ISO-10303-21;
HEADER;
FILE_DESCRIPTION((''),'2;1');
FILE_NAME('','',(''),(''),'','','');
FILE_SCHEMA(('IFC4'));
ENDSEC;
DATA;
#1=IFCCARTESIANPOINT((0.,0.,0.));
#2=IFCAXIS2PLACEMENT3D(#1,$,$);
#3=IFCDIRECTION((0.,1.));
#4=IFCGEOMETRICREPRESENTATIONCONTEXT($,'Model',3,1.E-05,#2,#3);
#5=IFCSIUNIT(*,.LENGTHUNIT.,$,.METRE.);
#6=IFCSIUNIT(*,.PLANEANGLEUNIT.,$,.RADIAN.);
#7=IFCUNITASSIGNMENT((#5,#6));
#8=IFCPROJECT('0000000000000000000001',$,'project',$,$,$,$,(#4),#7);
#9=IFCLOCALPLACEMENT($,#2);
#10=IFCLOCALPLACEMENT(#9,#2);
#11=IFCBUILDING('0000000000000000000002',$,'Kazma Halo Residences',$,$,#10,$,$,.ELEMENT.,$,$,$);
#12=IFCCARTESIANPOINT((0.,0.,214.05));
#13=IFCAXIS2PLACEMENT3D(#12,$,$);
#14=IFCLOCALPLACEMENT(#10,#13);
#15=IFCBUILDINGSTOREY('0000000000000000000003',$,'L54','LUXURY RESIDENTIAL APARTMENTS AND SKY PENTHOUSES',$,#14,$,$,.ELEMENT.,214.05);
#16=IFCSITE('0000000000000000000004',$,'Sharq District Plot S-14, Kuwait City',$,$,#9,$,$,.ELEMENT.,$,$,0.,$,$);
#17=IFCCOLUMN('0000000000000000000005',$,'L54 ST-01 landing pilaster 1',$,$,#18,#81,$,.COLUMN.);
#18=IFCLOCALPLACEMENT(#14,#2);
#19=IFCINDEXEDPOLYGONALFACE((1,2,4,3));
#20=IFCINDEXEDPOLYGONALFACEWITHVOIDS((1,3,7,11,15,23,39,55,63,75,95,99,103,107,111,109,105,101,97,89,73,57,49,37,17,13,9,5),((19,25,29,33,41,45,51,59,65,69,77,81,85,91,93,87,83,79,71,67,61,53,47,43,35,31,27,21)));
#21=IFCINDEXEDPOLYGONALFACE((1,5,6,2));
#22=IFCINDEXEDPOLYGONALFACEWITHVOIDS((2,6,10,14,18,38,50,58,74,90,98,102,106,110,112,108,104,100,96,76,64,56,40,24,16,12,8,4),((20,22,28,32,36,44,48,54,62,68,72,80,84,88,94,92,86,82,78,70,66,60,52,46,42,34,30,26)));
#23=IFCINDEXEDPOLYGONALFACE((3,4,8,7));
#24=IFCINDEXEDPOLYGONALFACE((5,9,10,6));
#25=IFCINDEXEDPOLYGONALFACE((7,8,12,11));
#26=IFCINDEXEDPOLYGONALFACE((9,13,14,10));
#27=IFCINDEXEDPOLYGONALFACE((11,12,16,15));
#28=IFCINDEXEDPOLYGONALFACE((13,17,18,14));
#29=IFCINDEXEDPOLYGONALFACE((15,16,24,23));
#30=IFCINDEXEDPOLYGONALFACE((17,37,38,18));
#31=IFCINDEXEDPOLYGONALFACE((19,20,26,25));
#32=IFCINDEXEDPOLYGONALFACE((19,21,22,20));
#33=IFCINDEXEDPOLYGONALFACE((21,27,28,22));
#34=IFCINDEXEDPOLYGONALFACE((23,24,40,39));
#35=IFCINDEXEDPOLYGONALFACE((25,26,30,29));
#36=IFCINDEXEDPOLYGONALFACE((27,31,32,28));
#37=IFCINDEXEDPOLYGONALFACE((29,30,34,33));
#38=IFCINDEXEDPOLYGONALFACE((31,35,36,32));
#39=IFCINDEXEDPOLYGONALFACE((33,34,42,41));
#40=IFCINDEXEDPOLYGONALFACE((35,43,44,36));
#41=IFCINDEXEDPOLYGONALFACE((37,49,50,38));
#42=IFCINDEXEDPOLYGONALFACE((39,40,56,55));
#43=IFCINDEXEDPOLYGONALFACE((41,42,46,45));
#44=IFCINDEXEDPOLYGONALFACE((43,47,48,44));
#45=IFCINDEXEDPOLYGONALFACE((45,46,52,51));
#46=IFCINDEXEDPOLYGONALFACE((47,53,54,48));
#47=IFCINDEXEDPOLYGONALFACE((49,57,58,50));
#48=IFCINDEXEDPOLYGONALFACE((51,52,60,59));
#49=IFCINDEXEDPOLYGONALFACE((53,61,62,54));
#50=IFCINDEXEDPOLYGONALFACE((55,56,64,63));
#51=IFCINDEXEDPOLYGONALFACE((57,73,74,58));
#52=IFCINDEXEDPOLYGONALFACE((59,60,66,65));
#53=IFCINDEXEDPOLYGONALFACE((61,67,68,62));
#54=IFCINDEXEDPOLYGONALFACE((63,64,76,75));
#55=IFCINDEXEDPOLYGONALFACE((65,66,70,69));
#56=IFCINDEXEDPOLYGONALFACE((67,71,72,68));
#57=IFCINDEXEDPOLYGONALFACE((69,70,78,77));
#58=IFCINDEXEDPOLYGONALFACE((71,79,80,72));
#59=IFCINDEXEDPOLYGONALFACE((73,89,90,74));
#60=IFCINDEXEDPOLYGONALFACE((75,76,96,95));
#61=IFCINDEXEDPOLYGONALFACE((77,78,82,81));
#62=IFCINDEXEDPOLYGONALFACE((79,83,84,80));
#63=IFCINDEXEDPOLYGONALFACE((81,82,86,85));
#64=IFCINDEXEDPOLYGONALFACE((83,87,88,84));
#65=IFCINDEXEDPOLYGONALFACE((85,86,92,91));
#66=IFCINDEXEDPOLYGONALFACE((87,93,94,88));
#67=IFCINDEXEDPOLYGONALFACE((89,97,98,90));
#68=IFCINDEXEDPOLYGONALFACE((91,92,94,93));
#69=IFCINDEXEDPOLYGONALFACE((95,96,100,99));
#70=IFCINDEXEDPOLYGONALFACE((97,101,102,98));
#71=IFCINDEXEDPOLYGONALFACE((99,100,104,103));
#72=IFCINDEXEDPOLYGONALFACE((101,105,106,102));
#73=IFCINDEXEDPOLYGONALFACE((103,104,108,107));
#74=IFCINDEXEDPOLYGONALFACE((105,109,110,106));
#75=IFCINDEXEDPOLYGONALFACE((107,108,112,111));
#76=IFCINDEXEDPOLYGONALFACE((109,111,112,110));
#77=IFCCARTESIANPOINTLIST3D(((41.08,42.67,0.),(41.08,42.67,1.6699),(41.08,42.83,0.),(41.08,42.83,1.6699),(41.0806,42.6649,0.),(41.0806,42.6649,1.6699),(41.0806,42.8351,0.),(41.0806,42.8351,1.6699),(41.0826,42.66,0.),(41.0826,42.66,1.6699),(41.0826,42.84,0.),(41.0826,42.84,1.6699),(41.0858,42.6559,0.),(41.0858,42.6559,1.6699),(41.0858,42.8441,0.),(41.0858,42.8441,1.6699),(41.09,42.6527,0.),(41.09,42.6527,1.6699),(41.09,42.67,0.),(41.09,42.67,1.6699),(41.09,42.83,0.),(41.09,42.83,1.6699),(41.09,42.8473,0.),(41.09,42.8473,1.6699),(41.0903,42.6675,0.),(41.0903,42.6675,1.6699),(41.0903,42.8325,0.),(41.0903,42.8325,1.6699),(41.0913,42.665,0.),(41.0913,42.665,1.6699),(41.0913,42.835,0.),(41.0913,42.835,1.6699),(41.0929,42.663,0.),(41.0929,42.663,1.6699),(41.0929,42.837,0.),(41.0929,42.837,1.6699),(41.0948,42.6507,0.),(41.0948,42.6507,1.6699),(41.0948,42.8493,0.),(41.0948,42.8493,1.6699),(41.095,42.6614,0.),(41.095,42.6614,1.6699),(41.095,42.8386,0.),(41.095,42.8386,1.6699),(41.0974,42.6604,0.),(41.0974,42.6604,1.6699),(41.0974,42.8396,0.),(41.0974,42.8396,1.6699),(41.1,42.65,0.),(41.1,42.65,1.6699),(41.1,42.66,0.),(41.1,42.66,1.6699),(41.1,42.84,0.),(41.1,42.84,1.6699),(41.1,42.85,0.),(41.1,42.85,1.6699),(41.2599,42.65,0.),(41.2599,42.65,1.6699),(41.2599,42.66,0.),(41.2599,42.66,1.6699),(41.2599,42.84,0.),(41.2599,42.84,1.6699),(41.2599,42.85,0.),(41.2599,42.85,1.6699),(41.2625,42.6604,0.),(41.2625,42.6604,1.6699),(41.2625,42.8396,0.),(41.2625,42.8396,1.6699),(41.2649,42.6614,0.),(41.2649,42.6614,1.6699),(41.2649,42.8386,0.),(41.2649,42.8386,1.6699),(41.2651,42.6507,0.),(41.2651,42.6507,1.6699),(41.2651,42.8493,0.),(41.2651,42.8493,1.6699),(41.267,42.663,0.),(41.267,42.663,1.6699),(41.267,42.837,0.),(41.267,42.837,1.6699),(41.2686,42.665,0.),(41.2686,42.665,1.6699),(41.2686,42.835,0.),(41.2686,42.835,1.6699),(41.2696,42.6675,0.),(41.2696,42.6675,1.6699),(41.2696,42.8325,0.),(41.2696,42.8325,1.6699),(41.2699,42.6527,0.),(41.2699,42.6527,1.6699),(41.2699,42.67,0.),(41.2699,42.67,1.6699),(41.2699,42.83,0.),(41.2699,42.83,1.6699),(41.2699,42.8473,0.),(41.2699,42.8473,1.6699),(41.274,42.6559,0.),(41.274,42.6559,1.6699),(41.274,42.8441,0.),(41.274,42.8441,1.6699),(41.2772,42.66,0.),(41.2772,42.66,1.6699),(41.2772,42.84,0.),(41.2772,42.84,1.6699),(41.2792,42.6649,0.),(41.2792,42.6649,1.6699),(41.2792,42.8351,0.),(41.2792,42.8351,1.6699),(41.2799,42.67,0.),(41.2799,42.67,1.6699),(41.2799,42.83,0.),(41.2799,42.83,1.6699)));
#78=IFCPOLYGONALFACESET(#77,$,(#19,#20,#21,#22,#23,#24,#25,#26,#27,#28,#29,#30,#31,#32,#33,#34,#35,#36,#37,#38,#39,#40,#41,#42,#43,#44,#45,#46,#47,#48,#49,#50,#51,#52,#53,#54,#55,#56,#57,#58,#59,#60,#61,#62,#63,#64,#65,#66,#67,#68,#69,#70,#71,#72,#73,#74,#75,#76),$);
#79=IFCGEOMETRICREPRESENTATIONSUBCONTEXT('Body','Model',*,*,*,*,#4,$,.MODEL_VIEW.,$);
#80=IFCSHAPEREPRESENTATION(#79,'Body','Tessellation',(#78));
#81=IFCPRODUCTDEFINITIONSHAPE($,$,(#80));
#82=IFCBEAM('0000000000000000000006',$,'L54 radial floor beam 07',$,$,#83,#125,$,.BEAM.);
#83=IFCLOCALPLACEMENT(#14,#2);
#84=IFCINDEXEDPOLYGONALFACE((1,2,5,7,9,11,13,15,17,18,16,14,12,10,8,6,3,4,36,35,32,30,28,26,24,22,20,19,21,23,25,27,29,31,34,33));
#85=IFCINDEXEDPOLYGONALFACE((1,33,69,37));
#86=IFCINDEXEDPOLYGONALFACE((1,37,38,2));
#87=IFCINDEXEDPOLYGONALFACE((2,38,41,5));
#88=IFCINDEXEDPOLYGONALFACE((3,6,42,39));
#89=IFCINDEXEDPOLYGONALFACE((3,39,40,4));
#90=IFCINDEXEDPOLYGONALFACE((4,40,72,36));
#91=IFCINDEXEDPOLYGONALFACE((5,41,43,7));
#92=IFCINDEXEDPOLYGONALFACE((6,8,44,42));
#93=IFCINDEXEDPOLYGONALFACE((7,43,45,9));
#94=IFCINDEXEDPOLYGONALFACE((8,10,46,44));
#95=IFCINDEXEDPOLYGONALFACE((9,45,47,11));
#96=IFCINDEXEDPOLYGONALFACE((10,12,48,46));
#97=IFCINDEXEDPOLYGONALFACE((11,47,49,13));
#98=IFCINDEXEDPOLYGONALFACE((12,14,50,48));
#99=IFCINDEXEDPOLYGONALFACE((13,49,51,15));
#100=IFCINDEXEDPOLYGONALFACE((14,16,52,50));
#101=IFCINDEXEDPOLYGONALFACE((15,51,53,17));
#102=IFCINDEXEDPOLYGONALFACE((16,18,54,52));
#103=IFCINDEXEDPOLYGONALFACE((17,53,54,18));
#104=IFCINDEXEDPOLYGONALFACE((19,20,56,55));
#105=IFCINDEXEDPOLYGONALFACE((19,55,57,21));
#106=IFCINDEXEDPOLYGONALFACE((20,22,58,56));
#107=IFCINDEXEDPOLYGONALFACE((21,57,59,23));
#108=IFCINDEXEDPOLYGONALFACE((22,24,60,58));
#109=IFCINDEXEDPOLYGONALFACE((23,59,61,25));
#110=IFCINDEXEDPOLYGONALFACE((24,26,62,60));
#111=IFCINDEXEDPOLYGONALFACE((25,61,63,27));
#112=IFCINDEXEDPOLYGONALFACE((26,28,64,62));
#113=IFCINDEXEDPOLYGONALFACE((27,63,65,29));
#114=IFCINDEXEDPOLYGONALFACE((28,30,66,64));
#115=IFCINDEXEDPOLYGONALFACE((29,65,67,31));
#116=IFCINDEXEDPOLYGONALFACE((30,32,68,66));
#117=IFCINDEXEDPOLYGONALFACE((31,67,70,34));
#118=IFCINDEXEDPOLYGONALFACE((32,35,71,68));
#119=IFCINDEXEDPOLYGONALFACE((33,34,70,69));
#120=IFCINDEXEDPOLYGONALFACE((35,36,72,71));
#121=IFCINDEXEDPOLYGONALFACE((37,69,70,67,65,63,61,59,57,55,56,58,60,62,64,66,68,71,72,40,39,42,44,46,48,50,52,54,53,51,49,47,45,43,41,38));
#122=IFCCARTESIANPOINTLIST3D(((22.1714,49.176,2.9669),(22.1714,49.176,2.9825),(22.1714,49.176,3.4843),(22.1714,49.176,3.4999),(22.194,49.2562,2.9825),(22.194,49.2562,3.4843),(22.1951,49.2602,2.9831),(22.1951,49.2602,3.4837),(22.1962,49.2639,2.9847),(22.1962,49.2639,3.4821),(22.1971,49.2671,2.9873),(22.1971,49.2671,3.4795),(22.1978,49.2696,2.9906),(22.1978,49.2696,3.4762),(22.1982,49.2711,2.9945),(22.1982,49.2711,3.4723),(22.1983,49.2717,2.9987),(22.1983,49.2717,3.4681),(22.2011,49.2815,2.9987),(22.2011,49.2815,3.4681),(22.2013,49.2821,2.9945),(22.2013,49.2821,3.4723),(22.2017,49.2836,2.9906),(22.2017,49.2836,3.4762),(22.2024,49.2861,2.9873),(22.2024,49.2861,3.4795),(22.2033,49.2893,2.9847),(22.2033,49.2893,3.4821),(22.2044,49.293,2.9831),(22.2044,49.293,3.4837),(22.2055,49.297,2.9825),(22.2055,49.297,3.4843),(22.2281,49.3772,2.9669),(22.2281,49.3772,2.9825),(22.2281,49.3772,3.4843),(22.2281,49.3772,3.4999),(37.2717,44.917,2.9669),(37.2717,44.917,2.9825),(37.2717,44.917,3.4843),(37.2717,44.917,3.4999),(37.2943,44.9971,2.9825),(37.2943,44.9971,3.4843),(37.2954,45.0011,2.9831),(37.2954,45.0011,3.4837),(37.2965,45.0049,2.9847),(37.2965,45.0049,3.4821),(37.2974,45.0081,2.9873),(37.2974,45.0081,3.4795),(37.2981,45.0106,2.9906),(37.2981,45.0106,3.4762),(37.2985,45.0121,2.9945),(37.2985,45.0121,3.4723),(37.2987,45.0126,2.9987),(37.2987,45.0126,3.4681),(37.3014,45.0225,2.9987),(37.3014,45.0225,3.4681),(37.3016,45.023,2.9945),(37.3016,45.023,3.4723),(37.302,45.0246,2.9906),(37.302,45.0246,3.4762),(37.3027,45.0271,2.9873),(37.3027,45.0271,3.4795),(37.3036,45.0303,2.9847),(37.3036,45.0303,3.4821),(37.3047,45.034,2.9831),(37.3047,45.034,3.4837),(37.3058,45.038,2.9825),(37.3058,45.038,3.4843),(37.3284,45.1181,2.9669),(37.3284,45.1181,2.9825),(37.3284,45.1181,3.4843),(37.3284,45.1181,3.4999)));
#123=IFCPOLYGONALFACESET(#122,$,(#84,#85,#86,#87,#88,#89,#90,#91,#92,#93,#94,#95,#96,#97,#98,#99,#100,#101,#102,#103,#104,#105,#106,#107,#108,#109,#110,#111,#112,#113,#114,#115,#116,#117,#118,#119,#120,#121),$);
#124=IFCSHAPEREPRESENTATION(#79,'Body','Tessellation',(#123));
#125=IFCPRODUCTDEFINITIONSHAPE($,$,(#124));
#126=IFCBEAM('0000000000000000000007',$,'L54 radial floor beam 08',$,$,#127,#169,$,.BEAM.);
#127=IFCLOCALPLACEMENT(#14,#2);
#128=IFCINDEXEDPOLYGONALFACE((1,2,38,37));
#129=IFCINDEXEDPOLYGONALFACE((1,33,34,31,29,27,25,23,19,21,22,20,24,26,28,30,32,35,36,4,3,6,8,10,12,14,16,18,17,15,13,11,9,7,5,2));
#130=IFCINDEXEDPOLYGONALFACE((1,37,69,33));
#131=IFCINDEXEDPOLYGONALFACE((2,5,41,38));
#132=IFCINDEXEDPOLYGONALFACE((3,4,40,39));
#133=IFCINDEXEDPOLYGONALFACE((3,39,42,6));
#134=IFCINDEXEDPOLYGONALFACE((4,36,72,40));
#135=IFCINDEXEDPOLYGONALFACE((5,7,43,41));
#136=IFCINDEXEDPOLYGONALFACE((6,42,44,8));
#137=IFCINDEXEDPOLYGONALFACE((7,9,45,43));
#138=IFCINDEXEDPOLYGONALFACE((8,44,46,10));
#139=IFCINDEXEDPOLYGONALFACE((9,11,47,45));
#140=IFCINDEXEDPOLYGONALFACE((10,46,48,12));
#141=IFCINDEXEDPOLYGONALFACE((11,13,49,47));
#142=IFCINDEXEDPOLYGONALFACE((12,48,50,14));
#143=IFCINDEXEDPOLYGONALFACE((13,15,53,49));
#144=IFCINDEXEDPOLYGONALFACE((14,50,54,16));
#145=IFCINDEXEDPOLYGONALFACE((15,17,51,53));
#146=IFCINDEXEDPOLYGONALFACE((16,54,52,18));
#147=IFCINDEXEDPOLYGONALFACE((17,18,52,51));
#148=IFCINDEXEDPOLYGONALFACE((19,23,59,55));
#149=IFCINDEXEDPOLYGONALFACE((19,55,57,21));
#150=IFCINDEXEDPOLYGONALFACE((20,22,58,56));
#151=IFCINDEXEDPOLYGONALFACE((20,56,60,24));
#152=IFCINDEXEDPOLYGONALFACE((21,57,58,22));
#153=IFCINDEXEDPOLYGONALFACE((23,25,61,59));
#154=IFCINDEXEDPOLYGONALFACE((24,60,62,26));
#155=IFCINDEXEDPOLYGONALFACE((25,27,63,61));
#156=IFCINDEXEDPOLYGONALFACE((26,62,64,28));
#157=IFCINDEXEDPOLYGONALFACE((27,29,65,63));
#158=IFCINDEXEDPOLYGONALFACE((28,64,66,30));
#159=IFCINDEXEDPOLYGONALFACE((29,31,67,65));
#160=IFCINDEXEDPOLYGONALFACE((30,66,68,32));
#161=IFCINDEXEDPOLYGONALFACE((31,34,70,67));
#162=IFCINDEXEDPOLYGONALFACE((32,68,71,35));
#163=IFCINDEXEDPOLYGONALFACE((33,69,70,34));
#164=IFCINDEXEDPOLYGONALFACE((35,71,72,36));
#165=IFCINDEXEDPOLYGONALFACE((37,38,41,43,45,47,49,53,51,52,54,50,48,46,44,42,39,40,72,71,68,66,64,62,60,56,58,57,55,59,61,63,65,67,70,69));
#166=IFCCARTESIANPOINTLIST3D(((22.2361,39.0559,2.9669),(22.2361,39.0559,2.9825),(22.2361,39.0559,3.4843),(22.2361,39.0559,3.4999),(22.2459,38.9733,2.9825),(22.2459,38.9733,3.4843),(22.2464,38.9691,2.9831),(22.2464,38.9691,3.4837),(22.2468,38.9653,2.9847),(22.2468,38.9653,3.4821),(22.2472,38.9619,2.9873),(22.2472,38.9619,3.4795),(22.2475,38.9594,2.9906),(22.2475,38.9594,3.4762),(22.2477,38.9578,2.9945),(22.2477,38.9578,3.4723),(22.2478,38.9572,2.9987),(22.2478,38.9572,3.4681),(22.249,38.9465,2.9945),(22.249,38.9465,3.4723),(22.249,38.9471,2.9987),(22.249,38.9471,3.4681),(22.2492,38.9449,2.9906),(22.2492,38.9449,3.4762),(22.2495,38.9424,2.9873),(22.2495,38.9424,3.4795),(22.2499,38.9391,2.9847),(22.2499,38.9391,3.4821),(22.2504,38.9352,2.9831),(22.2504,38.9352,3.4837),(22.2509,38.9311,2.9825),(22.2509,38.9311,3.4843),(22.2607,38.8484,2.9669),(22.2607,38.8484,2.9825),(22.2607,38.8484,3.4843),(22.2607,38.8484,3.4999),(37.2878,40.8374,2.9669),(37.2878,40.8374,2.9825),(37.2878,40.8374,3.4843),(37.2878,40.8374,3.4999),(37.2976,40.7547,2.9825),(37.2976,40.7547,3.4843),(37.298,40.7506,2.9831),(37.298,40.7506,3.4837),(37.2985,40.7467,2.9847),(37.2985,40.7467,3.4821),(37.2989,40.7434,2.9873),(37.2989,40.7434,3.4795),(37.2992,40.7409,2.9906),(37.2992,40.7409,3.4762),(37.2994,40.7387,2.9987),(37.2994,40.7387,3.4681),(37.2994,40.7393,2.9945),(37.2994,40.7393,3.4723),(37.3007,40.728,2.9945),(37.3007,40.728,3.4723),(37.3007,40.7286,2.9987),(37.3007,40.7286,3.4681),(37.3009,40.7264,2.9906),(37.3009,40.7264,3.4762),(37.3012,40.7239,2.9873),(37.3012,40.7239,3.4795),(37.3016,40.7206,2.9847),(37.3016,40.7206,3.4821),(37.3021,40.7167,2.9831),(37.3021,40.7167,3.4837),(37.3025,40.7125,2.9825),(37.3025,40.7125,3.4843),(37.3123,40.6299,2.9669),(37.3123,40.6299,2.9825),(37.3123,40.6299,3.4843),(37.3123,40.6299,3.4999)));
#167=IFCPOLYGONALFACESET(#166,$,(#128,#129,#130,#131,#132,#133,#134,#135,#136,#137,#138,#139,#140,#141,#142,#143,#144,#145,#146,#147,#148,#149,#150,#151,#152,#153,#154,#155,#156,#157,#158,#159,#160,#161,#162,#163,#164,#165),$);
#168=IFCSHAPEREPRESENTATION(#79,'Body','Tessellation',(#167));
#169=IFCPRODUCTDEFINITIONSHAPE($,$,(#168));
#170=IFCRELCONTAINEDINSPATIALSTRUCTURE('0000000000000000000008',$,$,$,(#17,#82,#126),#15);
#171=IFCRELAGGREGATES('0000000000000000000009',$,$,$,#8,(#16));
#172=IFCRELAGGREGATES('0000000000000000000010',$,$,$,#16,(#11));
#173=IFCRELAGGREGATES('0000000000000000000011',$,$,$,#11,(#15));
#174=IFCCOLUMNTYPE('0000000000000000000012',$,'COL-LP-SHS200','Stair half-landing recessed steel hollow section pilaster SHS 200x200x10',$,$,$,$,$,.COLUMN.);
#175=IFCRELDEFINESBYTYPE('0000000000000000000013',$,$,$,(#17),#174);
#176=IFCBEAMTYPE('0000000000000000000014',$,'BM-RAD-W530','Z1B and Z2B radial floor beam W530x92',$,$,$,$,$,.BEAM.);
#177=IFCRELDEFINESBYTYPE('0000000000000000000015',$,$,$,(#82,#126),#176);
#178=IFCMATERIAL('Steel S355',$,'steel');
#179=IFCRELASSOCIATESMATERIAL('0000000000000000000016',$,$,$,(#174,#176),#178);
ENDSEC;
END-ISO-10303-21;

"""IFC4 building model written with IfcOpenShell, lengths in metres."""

from ifc_helpers import new_model, si_unit, direction, frame, origin, origin_2d, place, context, subcontext, project, spatial, hollow_rectangle, i_section, extrude, material, material_profile, profile_set, type_object, element, save


model = new_model("IFC4")

# Units and contexts
model_context = context("Model", 3, precision=1e-05, world=origin(), true_north=direction((0.0, 1.0)))
body_context = subcontext(model_context, "Body", "Model", "MODEL_VIEW")
ifc_project = project(units=[si_unit("LENGTHUNIT", "METRE"), si_unit("PLANEANGLEUNIT", "RADIAN")], contexts=[model_context])

# Site, building, storey
site_placement = place(None, origin())
site = spatial("IfcSite", under=ifc_project, at=site_placement, Name="Sharq District Plot S-14, Kuwait City", CompositionType="ELEMENT", RefElevation=0.0)
building_placement = place(site_placement, origin())
building = spatial("IfcBuilding", under=site, at=building_placement, Name="Kazma Halo Residences", CompositionType="ELEMENT")
storey_placement = place(building_placement, frame((0.0, 0.0, 214.05)))
storey = spatial("IfcBuildingStorey", under=building, at=storey_placement, Name="L54", Description="LUXURY RESIDENTIAL APARTMENTS AND SKY PENTHOUSES", CompositionType="ELEMENT", Elevation=214.05)

# Column
ifc_material_1 = material(Name="Steel S355", Category="steel")
ifc_material_profile_1 = material_profile(ifc_material_1, hollow_rectangle(XDim=0.2, YDim=0.2, WallThickness=0.01, InnerFilletRadius=0.01, OuterFilletRadius=0.02, at=origin_2d()), Name="SHS200x200x10")
ifc_profile_set_1 = profile_set([ifc_material_profile_1], Name="Steel S355")
column_type = type_object("IfcColumnType", Name="COL-LP-SHS200", Description="Stair half-landing recessed steel hollow section pilaster SHS 200x200x10", PredefinedType="COLUMN", material=ifc_profile_set_1)
column_placement = place(storey_placement, frame((41.1799, 42.75, 0.0), z_axis=(0.0, 0.0, 1.0), x_axis=(1.0, 0.0, 0.0)))
element("IfcColumn", 1, at=column_placement, inside=storey, type_object=column_type, Name="L54 ST-01 landing pilaster 1", PredefinedType="COLUMN", context=body_context, shape_type="SweptSolid", body=[
    extrude(hollow_rectangle(XDim=0.2, YDim=0.2, WallThickness=0.01, InnerFilletRadius=0.01, OuterFilletRadius=0.02, at=origin_2d()), origin(), (0.0, 0.0, 1.0), 1.6699),
])

# Beams
ifc_material_profile_2 = material_profile(ifc_material_1, i_section(OverallWidth=0.209, OverallDepth=0.533, WebThickness=0.0103, FlangeThickness=0.0156, FilletRadius=0.0161, at=origin_2d()), Name="W530x92")
ifc_profile_set_2 = profile_set([ifc_material_profile_2], Name="Steel S355")
beam_type_1 = type_object("IfcBeamType", Name="BM-RAD-W530", Description="Z1B and Z2B radial floor beam W530x92", PredefinedType="BEAM", material=ifc_profile_set_2)
beam_1_placement = place(storey_placement, frame((37.3, 45.0176, 3.2334), z_axis=(-0.96245, 0.271458, 0.0), x_axis=(-0.271458, -0.96245, 0.0)))
element("IfcBeam", 2, at=beam_1_placement, inside=storey, type_object=beam_type_1, Name="L54 radial floor beam 07", PredefinedType="BEAM", context=body_context, shape_type="SweptSolid", body=[
    extrude(i_section(OverallWidth=0.209, OverallDepth=0.533, WebThickness=0.0103, FlangeThickness=0.0156, FilletRadius=0.0161, at=origin_2d()), origin(), (0.0, 0.0, 1.0), 15.6895),
])
beam_2_placement = place(storey_placement, frame((37.3, 40.7336, 3.2334), z_axis=(-0.993068, -0.117537, 0.0), x_axis=(0.117537, -0.993068, 0.0)))
element("IfcBeam", 3, at=beam_2_placement, inside=storey, type_object=beam_type_1, Name="L54 radial floor beam 08", PredefinedType="BEAM", context=body_context, shape_type="SweptSolid", body=[
    extrude(i_section(OverallWidth=0.209, OverallDepth=0.533, WebThickness=0.0103, FlangeThickness=0.0156, FilletRadius=0.0161, at=origin_2d()), origin(), (0.0, 0.0, 1.0), 15.1567),
])

save(model, "model.ifc")
